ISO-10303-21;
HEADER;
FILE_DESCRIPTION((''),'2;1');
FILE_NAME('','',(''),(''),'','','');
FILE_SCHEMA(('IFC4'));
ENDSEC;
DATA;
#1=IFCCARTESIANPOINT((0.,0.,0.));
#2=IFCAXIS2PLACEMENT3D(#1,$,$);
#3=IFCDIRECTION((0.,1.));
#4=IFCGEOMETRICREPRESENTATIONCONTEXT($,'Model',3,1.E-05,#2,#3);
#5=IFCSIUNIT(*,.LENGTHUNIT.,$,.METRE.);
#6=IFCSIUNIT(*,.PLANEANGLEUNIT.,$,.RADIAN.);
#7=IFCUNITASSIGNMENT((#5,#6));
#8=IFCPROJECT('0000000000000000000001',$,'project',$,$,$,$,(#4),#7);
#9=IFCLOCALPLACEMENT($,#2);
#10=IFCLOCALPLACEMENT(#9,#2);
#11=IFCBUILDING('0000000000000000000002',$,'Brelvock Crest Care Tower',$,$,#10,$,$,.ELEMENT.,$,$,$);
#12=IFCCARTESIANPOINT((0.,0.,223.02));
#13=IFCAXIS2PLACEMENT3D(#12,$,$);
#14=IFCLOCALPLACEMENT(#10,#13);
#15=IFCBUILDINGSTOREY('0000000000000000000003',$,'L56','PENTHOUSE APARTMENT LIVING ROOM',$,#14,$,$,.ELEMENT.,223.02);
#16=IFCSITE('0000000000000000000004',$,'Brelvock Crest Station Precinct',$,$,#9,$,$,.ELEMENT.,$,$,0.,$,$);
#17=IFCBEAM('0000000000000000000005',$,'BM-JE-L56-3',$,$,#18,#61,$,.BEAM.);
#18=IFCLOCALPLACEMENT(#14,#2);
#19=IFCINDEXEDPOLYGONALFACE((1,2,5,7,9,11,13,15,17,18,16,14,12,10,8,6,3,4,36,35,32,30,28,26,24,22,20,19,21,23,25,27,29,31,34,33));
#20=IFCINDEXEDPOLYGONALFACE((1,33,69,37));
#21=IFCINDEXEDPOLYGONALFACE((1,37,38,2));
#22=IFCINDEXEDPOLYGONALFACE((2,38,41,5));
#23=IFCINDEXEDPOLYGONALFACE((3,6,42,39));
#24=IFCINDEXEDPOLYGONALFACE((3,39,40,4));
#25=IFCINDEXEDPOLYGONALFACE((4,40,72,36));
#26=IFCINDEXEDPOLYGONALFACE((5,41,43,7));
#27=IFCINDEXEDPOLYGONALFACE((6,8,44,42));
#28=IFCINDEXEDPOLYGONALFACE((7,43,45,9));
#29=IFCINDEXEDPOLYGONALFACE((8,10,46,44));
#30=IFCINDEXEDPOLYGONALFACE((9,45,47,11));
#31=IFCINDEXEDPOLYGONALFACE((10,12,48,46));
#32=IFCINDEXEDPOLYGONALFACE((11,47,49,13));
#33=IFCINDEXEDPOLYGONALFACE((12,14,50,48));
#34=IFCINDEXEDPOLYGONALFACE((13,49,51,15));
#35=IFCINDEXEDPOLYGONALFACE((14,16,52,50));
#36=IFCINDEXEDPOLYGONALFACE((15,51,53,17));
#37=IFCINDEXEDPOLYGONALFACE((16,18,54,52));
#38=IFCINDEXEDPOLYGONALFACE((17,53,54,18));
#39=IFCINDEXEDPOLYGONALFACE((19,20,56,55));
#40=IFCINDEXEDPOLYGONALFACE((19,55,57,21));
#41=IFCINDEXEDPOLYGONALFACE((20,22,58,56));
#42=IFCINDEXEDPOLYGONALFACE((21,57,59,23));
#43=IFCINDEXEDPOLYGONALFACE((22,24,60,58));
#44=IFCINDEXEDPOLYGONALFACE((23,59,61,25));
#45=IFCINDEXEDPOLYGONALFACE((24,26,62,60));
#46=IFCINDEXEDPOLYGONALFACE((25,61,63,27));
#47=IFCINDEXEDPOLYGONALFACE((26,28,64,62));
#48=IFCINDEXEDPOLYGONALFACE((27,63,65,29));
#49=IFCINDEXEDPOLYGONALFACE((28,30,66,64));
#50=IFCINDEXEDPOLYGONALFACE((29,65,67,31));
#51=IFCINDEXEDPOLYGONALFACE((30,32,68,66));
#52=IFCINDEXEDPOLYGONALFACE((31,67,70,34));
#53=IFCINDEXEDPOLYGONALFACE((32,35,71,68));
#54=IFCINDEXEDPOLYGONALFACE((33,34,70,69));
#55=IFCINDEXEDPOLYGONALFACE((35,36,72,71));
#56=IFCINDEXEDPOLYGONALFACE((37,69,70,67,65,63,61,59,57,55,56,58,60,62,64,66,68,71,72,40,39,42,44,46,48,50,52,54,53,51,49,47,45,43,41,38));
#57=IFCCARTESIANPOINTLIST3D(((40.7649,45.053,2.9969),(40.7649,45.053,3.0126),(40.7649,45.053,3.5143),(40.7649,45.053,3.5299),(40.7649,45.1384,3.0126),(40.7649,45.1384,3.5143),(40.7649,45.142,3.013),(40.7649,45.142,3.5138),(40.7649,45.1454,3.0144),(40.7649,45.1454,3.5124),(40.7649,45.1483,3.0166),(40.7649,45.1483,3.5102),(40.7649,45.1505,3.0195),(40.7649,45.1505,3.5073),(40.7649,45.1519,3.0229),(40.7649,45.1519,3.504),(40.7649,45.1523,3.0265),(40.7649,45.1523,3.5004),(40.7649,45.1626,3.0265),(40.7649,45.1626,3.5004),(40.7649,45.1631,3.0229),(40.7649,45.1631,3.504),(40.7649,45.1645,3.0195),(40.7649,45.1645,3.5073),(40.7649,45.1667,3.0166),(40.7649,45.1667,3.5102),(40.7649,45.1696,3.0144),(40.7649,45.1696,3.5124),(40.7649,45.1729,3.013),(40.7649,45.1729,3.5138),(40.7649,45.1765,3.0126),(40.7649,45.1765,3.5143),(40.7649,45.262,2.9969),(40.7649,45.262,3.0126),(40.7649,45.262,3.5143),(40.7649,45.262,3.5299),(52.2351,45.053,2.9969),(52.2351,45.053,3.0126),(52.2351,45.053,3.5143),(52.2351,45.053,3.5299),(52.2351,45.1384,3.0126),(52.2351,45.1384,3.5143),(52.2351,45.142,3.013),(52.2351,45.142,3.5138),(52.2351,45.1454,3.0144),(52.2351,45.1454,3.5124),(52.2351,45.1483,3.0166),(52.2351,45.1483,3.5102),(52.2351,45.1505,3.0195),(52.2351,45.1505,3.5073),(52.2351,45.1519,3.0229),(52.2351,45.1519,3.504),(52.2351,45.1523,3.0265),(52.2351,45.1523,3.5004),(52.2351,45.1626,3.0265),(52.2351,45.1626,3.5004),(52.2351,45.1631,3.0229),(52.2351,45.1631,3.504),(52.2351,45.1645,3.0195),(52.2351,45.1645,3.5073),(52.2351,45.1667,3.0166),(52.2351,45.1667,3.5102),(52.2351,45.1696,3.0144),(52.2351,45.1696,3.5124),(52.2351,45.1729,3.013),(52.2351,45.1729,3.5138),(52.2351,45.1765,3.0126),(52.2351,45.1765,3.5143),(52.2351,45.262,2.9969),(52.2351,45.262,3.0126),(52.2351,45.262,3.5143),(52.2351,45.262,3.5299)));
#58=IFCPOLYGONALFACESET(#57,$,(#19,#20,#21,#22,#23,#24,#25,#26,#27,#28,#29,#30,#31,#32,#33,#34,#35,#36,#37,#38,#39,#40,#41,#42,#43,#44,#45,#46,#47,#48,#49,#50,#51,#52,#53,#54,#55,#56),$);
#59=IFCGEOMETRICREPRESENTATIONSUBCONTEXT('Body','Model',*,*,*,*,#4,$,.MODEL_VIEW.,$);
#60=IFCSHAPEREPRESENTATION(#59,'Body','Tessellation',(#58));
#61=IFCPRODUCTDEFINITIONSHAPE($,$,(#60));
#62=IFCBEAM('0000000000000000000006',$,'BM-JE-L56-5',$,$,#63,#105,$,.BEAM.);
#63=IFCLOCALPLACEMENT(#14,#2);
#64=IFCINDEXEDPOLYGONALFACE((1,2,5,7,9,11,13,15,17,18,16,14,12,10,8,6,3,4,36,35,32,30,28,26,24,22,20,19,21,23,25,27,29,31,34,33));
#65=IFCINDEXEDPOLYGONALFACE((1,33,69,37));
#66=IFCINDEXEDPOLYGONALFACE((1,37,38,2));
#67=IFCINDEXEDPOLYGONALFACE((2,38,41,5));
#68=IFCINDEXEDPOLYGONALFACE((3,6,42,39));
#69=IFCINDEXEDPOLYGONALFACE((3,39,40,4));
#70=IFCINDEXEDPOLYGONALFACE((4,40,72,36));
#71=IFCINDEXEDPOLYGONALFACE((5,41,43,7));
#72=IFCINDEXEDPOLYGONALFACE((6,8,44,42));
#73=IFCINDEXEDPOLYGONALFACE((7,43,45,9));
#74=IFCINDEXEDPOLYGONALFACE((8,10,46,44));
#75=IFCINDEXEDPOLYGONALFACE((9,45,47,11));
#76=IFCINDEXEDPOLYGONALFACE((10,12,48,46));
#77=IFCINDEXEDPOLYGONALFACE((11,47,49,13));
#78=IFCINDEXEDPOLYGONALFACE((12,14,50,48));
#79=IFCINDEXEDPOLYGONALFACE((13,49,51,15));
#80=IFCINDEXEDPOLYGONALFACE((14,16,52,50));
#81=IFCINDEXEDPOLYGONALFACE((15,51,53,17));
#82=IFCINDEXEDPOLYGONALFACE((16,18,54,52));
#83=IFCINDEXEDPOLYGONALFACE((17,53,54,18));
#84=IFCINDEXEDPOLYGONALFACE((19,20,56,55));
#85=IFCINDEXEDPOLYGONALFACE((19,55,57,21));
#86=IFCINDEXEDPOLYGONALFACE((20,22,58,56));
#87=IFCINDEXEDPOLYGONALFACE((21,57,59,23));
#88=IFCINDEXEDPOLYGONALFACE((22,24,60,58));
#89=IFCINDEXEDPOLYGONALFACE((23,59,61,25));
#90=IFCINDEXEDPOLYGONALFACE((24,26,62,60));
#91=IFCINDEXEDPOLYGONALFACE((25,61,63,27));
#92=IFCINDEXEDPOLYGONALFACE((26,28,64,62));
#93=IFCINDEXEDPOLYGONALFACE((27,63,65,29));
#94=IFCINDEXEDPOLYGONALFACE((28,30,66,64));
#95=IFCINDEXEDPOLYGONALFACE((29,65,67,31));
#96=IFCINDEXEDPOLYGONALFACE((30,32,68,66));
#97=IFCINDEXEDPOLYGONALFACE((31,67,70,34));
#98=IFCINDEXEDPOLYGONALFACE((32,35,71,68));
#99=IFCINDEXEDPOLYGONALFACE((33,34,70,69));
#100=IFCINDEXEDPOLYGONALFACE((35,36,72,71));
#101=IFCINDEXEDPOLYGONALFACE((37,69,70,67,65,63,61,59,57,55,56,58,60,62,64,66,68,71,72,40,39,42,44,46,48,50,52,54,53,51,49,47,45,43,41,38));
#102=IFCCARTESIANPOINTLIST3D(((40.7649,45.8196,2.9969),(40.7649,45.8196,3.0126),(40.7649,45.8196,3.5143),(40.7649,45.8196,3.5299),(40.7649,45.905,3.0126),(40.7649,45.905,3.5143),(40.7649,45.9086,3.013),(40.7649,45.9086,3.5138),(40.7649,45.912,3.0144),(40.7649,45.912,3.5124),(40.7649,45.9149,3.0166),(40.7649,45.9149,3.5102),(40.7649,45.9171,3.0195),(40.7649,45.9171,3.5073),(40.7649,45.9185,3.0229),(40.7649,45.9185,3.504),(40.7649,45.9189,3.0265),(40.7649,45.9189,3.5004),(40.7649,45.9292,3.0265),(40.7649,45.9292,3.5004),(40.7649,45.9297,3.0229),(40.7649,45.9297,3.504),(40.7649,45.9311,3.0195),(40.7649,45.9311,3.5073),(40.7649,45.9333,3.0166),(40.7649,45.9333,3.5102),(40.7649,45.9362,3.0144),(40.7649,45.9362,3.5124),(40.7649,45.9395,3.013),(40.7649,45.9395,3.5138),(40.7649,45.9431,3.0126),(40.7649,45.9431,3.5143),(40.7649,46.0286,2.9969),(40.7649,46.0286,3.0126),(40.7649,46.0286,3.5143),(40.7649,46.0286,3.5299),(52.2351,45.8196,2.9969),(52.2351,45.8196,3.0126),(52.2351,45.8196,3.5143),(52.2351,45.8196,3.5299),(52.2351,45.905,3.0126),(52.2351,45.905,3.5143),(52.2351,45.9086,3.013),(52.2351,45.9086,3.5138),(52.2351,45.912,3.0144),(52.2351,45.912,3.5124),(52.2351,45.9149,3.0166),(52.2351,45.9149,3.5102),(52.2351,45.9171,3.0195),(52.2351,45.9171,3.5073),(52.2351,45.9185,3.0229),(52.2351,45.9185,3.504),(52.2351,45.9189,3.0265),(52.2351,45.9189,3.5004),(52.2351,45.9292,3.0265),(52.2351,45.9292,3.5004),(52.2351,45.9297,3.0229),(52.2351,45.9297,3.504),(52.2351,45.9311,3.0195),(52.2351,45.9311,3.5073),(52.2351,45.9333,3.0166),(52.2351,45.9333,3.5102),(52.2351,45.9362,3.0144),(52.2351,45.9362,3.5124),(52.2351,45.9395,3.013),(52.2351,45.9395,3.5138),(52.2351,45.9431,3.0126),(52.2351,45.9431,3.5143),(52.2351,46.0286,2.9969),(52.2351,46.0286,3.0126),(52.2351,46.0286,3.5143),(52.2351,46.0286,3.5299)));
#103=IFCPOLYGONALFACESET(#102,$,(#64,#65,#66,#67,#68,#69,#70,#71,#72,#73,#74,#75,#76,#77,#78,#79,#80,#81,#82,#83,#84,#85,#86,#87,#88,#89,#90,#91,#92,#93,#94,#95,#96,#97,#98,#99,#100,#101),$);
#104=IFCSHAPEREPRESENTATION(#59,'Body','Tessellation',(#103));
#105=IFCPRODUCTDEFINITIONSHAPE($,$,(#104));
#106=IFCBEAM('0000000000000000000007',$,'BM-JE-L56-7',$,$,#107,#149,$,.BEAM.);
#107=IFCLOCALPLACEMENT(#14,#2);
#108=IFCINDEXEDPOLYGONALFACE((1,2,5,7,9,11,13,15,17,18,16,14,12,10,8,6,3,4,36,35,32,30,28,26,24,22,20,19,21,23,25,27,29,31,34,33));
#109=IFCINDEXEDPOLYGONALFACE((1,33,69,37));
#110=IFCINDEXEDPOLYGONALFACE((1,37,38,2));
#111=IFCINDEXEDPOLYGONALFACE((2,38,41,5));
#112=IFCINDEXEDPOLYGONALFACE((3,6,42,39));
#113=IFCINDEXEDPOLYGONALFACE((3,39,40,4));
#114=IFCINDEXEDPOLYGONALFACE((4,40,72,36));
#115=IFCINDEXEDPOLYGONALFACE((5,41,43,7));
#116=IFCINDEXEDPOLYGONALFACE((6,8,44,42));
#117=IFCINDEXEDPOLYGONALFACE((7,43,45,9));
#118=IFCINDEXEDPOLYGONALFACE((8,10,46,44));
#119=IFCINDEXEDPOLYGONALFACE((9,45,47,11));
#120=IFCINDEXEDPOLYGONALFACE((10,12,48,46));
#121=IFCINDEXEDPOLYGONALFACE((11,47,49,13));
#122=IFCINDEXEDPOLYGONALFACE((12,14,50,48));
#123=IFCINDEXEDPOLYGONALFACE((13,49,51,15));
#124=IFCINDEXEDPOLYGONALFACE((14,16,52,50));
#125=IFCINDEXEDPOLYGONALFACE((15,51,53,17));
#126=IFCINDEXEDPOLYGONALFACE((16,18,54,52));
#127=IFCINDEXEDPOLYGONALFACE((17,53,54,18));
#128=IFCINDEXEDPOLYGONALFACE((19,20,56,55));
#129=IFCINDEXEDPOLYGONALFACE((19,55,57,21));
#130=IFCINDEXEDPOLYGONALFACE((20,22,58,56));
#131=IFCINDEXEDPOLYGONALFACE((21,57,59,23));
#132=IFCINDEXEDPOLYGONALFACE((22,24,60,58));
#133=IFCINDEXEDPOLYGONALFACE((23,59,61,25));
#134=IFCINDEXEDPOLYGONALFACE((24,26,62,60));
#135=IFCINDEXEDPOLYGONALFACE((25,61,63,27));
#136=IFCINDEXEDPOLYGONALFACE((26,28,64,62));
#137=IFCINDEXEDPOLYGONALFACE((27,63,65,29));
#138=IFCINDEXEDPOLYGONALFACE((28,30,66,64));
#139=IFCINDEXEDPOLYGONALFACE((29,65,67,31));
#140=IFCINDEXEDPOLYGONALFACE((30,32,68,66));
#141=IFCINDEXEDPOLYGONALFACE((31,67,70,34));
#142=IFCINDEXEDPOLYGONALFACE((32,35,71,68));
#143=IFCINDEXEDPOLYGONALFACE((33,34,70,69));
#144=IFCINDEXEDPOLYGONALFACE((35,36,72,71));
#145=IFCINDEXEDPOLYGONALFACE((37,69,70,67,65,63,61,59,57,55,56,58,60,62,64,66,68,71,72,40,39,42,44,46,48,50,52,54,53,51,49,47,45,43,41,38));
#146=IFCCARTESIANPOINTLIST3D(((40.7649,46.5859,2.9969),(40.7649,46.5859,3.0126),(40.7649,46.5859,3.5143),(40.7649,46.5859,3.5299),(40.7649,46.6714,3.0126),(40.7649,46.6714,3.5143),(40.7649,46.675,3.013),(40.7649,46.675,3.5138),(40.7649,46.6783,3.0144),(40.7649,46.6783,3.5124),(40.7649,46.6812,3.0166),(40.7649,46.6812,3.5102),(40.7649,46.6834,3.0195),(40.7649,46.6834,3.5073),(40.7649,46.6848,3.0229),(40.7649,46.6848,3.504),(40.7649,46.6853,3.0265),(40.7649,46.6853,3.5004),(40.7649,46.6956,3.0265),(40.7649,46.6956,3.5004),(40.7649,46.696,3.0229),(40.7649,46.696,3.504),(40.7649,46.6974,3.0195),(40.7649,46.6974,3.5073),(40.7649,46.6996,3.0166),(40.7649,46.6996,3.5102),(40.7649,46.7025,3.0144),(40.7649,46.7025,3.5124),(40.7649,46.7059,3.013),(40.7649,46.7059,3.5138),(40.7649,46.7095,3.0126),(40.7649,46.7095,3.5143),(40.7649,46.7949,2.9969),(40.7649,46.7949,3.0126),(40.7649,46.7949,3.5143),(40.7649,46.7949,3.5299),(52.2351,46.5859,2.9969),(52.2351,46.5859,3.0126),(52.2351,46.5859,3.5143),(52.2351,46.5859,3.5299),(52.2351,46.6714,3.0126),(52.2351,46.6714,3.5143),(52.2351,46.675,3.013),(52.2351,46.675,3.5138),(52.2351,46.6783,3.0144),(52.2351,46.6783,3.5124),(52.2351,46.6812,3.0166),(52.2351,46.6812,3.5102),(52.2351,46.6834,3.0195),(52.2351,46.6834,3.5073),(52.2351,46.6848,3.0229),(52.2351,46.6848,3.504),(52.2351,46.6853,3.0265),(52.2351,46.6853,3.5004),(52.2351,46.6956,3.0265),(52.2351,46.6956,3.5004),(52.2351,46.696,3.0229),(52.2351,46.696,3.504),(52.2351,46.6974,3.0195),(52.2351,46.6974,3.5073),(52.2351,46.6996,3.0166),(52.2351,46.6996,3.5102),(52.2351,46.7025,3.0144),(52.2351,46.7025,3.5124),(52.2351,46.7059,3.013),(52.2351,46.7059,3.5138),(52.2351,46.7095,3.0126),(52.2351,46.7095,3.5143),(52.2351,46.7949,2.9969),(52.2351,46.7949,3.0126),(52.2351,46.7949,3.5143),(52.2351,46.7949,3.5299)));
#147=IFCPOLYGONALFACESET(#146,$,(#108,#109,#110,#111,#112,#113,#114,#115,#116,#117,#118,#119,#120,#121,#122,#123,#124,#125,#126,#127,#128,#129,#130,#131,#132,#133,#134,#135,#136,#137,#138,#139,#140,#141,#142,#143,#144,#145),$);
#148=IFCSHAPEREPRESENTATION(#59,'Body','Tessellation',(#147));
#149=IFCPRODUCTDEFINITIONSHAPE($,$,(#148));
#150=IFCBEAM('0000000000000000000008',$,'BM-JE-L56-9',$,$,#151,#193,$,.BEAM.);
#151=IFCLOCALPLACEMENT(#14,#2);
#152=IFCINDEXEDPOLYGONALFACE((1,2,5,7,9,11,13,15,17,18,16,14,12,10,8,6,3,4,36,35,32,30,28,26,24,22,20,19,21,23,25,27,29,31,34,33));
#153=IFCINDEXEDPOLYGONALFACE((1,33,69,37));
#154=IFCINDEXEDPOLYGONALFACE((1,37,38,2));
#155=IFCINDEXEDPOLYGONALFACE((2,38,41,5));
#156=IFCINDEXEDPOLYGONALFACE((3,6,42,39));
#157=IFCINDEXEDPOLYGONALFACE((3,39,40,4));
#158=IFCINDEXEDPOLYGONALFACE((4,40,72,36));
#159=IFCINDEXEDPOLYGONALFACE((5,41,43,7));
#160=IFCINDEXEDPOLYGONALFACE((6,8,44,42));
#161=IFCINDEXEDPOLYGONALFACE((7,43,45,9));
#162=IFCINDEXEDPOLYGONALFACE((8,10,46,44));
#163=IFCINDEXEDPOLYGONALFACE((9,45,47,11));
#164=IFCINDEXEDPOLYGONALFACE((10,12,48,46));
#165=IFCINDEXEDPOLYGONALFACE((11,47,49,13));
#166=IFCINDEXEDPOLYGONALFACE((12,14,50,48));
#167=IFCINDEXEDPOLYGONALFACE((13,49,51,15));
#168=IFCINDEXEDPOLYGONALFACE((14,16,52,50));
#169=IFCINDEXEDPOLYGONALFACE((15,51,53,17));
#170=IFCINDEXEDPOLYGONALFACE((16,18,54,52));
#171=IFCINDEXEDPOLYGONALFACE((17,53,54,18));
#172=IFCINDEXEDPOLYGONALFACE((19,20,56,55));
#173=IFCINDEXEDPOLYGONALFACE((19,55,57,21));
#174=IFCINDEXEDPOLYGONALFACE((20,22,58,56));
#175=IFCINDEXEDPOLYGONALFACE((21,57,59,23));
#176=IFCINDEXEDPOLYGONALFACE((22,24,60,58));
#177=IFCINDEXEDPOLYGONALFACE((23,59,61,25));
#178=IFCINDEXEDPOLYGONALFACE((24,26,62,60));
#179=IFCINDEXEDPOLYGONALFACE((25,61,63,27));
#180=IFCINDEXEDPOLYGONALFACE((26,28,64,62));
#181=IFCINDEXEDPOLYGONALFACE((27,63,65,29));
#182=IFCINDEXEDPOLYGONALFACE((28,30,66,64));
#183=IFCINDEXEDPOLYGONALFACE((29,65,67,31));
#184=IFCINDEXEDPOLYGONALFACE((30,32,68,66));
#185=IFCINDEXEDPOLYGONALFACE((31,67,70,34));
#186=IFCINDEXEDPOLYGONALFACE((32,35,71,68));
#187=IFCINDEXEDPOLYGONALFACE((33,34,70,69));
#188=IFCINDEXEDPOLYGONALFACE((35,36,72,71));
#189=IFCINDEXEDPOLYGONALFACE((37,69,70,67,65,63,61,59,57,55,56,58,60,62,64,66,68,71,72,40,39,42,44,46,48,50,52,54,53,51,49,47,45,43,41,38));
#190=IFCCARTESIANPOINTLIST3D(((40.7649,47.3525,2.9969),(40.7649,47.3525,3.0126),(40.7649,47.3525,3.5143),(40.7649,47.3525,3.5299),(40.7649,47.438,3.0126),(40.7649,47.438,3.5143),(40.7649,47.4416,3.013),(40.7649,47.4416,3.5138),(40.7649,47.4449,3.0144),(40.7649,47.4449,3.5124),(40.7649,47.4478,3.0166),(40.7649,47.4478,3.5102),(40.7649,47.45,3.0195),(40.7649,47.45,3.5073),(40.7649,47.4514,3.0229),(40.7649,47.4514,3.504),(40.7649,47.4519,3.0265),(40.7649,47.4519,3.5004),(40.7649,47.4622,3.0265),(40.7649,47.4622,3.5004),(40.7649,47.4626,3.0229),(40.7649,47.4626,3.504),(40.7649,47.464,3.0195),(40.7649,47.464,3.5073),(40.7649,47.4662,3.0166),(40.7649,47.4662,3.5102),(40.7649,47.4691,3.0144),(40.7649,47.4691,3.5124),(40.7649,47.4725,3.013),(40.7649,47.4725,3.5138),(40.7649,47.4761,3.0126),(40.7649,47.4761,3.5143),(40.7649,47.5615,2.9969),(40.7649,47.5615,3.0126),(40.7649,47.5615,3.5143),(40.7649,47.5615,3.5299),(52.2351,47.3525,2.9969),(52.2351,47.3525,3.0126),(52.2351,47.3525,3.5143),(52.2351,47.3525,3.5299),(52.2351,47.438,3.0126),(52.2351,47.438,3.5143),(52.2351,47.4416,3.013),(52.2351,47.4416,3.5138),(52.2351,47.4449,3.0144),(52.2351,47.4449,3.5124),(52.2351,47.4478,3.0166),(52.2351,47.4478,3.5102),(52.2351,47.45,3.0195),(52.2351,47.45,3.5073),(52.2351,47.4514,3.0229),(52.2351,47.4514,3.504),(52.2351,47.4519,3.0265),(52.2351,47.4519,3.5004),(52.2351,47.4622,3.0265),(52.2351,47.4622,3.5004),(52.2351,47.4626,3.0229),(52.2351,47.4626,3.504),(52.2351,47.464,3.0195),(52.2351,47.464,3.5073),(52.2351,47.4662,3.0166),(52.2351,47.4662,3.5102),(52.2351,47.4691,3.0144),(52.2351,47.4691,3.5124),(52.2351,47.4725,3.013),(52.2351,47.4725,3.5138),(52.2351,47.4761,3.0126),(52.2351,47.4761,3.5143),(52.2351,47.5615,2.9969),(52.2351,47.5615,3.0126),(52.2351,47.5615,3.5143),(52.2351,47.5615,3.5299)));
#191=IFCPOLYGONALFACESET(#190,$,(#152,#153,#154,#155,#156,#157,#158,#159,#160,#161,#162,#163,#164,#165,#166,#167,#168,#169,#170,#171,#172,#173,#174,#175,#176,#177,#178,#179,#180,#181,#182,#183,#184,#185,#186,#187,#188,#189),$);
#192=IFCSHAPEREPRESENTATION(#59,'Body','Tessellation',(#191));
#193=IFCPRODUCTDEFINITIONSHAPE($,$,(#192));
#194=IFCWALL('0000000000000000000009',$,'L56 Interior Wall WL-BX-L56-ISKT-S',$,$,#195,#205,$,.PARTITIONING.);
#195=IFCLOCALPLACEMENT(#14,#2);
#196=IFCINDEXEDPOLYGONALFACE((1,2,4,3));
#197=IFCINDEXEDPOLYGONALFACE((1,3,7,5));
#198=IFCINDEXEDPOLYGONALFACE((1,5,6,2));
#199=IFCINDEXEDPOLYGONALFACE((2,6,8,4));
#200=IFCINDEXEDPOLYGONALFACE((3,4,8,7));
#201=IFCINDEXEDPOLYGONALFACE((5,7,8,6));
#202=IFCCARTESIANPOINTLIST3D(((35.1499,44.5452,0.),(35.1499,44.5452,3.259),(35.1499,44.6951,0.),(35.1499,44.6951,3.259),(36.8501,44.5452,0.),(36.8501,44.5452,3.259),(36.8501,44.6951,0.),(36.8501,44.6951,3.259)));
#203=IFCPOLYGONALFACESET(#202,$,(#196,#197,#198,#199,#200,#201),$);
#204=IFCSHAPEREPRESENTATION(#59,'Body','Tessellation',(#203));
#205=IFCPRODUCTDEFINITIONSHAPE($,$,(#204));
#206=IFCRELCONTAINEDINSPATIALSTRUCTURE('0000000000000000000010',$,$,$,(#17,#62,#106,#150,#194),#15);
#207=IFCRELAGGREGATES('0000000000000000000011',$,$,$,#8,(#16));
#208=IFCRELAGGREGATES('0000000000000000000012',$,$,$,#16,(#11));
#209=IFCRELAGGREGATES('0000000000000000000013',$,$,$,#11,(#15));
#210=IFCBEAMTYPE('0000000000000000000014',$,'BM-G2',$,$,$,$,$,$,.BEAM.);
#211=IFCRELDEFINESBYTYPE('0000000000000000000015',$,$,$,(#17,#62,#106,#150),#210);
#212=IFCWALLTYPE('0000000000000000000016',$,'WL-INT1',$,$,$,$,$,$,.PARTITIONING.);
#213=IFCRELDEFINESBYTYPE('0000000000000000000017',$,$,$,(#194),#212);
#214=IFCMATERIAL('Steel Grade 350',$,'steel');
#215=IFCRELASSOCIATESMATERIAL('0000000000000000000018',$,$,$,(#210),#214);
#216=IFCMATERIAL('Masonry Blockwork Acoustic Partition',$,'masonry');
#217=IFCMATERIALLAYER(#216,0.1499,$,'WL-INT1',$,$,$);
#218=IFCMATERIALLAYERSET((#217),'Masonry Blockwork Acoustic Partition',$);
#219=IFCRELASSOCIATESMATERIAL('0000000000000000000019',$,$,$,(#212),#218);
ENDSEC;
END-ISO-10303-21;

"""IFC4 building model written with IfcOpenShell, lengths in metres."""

from ifc_helpers import new_model, si_unit, direction, frame, frame_2d, origin, origin_2d, place, context, subcontext, project, spatial, rectangle, i_section, extrude, source, transform, mapped, material, layer, layer_set, material_profile, profile_set, type_object, element, save


model = new_model("IFC4")

# Units and contexts
model_context = context("Model", 3, precision=1e-05, world=origin(), true_north=direction((0.0, 1.0)))
body_context = subcontext(model_context, "Body", "Model", "MODEL_VIEW")
ifc_project = project(units=[si_unit("LENGTHUNIT", "METRE"), si_unit("PLANEANGLEUNIT", "RADIAN")], contexts=[model_context])

# Site, building, storey
site_placement = place(None, origin())
site = spatial("IfcSite", under=ifc_project, at=site_placement, Name="Brelvock Crest Station Precinct", CompositionType="ELEMENT", RefElevation=0.0)
building_placement = place(site_placement, origin())
building = spatial("IfcBuilding", under=site, at=building_placement, Name="Brelvock Crest Care Tower", CompositionType="ELEMENT")
storey_placement = place(building_placement, frame((0.0, 0.0, 223.02)))
storey = spatial("IfcBuildingStorey", under=building, at=storey_placement, Name="L56", Description="PENTHOUSE APARTMENT LIVING ROOM", CompositionType="ELEMENT", Elevation=223.02)

# Beams
ifc_material_1 = material(Name="Steel Grade 350", Category="steel")
ifc_material_profile_1 = material_profile(ifc_material_1, i_section(OverallWidth=0.209, OverallDepth=0.533, WebThickness=0.0103, FlangeThickness=0.0156, FilletRadius=0.0139, at=origin_2d()), Name="530UB92.4")
ifc_profile_set_1 = profile_set([ifc_material_profile_1], Name="Steel Grade 350")
beam_type_1 = type_object("IfcBeamType", Name="BM-G2", PredefinedType="BEAM", material=ifc_profile_set_1)
shared_shape_1 = source(origin(), body_context, "Body", "SweptSolid", [
    extrude(i_section(OverallWidth=0.209, OverallDepth=0.533, WebThickness=0.0103, FlangeThickness=0.0156, FilletRadius=0.0139, at=origin_2d()), origin(), (0.0, 0.0, 1.0), 11.4702),
])
for number, where, z_axis, x_axis, name in (
    (1, (40.7649, 45.1575, 3.2634), (1.0, 0.0, 0.0), (0.0, 1.0, 0.0), "BM-JE-L56-3"),
    (2, (40.7649, 45.9241, 3.2634), (1.0, 0.0, 0.0), (0.0, 1.0, 0.0), "BM-JE-L56-5"),
    (3, (40.7649, 46.6904, 3.2634), (1.0, 0.0, 0.0), (0.0, 1.0, 0.0), "BM-JE-L56-7"),
    (4, (40.7649, 47.457, 3.2634), (1.0, 0.0, 0.0), (0.0, 1.0, 0.0), "BM-JE-L56-9"),
):
    element("IfcBeam", number, at=place(storey_placement, frame(where, z_axis=z_axis, x_axis=x_axis)), inside=storey, type_object=beam_type_1, Name=name, PredefinedType="BEAM", context=body_context, shape_type="MappedRepresentation", body=[
        mapped(shared_shape_1, transform((0.0, 0.0, 0.0), x_axis=(1.0, 0.0, 0.0), y_axis=(0.0, 1.0, 0.0), z_axis=(0.0, 0.0, 1.0), scale=1.0)),
    ])

# Wall
ifc_material_2 = material(Name="Masonry Blockwork Acoustic Partition", Category="masonry")
ifc_layer_1 = layer(ifc_material_2, 0.1499, Name="WL-INT1")
ifc_layer_set_1 = layer_set([ifc_layer_1], Name="Masonry Blockwork Acoustic Partition")
wall_type_1 = type_object("IfcWallType", Name="WL-INT1", PredefinedType="PARTITIONING", material=ifc_layer_set_1)
wall_1_placement = place(storey_placement, frame((35.1499, 44.6201, 0.0), z_axis=(0.0, 0.0, 1.0), x_axis=(1.0, 0.0, 0.0)))
element("IfcWall", 5, at=wall_1_placement, inside=storey, type_object=wall_type_1, Name="L56 Interior Wall WL-BX-L56-ISKT-S", PredefinedType="PARTITIONING", context=body_context, shape_type="SweptSolid", body=[
    extrude(rectangle(XDim=1.7002, YDim=0.1499, at=frame_2d((0.8501, 0.0))), origin(), (0.0, 0.0, 1.0), 3.259),
])

save(model, "model.ifc")
